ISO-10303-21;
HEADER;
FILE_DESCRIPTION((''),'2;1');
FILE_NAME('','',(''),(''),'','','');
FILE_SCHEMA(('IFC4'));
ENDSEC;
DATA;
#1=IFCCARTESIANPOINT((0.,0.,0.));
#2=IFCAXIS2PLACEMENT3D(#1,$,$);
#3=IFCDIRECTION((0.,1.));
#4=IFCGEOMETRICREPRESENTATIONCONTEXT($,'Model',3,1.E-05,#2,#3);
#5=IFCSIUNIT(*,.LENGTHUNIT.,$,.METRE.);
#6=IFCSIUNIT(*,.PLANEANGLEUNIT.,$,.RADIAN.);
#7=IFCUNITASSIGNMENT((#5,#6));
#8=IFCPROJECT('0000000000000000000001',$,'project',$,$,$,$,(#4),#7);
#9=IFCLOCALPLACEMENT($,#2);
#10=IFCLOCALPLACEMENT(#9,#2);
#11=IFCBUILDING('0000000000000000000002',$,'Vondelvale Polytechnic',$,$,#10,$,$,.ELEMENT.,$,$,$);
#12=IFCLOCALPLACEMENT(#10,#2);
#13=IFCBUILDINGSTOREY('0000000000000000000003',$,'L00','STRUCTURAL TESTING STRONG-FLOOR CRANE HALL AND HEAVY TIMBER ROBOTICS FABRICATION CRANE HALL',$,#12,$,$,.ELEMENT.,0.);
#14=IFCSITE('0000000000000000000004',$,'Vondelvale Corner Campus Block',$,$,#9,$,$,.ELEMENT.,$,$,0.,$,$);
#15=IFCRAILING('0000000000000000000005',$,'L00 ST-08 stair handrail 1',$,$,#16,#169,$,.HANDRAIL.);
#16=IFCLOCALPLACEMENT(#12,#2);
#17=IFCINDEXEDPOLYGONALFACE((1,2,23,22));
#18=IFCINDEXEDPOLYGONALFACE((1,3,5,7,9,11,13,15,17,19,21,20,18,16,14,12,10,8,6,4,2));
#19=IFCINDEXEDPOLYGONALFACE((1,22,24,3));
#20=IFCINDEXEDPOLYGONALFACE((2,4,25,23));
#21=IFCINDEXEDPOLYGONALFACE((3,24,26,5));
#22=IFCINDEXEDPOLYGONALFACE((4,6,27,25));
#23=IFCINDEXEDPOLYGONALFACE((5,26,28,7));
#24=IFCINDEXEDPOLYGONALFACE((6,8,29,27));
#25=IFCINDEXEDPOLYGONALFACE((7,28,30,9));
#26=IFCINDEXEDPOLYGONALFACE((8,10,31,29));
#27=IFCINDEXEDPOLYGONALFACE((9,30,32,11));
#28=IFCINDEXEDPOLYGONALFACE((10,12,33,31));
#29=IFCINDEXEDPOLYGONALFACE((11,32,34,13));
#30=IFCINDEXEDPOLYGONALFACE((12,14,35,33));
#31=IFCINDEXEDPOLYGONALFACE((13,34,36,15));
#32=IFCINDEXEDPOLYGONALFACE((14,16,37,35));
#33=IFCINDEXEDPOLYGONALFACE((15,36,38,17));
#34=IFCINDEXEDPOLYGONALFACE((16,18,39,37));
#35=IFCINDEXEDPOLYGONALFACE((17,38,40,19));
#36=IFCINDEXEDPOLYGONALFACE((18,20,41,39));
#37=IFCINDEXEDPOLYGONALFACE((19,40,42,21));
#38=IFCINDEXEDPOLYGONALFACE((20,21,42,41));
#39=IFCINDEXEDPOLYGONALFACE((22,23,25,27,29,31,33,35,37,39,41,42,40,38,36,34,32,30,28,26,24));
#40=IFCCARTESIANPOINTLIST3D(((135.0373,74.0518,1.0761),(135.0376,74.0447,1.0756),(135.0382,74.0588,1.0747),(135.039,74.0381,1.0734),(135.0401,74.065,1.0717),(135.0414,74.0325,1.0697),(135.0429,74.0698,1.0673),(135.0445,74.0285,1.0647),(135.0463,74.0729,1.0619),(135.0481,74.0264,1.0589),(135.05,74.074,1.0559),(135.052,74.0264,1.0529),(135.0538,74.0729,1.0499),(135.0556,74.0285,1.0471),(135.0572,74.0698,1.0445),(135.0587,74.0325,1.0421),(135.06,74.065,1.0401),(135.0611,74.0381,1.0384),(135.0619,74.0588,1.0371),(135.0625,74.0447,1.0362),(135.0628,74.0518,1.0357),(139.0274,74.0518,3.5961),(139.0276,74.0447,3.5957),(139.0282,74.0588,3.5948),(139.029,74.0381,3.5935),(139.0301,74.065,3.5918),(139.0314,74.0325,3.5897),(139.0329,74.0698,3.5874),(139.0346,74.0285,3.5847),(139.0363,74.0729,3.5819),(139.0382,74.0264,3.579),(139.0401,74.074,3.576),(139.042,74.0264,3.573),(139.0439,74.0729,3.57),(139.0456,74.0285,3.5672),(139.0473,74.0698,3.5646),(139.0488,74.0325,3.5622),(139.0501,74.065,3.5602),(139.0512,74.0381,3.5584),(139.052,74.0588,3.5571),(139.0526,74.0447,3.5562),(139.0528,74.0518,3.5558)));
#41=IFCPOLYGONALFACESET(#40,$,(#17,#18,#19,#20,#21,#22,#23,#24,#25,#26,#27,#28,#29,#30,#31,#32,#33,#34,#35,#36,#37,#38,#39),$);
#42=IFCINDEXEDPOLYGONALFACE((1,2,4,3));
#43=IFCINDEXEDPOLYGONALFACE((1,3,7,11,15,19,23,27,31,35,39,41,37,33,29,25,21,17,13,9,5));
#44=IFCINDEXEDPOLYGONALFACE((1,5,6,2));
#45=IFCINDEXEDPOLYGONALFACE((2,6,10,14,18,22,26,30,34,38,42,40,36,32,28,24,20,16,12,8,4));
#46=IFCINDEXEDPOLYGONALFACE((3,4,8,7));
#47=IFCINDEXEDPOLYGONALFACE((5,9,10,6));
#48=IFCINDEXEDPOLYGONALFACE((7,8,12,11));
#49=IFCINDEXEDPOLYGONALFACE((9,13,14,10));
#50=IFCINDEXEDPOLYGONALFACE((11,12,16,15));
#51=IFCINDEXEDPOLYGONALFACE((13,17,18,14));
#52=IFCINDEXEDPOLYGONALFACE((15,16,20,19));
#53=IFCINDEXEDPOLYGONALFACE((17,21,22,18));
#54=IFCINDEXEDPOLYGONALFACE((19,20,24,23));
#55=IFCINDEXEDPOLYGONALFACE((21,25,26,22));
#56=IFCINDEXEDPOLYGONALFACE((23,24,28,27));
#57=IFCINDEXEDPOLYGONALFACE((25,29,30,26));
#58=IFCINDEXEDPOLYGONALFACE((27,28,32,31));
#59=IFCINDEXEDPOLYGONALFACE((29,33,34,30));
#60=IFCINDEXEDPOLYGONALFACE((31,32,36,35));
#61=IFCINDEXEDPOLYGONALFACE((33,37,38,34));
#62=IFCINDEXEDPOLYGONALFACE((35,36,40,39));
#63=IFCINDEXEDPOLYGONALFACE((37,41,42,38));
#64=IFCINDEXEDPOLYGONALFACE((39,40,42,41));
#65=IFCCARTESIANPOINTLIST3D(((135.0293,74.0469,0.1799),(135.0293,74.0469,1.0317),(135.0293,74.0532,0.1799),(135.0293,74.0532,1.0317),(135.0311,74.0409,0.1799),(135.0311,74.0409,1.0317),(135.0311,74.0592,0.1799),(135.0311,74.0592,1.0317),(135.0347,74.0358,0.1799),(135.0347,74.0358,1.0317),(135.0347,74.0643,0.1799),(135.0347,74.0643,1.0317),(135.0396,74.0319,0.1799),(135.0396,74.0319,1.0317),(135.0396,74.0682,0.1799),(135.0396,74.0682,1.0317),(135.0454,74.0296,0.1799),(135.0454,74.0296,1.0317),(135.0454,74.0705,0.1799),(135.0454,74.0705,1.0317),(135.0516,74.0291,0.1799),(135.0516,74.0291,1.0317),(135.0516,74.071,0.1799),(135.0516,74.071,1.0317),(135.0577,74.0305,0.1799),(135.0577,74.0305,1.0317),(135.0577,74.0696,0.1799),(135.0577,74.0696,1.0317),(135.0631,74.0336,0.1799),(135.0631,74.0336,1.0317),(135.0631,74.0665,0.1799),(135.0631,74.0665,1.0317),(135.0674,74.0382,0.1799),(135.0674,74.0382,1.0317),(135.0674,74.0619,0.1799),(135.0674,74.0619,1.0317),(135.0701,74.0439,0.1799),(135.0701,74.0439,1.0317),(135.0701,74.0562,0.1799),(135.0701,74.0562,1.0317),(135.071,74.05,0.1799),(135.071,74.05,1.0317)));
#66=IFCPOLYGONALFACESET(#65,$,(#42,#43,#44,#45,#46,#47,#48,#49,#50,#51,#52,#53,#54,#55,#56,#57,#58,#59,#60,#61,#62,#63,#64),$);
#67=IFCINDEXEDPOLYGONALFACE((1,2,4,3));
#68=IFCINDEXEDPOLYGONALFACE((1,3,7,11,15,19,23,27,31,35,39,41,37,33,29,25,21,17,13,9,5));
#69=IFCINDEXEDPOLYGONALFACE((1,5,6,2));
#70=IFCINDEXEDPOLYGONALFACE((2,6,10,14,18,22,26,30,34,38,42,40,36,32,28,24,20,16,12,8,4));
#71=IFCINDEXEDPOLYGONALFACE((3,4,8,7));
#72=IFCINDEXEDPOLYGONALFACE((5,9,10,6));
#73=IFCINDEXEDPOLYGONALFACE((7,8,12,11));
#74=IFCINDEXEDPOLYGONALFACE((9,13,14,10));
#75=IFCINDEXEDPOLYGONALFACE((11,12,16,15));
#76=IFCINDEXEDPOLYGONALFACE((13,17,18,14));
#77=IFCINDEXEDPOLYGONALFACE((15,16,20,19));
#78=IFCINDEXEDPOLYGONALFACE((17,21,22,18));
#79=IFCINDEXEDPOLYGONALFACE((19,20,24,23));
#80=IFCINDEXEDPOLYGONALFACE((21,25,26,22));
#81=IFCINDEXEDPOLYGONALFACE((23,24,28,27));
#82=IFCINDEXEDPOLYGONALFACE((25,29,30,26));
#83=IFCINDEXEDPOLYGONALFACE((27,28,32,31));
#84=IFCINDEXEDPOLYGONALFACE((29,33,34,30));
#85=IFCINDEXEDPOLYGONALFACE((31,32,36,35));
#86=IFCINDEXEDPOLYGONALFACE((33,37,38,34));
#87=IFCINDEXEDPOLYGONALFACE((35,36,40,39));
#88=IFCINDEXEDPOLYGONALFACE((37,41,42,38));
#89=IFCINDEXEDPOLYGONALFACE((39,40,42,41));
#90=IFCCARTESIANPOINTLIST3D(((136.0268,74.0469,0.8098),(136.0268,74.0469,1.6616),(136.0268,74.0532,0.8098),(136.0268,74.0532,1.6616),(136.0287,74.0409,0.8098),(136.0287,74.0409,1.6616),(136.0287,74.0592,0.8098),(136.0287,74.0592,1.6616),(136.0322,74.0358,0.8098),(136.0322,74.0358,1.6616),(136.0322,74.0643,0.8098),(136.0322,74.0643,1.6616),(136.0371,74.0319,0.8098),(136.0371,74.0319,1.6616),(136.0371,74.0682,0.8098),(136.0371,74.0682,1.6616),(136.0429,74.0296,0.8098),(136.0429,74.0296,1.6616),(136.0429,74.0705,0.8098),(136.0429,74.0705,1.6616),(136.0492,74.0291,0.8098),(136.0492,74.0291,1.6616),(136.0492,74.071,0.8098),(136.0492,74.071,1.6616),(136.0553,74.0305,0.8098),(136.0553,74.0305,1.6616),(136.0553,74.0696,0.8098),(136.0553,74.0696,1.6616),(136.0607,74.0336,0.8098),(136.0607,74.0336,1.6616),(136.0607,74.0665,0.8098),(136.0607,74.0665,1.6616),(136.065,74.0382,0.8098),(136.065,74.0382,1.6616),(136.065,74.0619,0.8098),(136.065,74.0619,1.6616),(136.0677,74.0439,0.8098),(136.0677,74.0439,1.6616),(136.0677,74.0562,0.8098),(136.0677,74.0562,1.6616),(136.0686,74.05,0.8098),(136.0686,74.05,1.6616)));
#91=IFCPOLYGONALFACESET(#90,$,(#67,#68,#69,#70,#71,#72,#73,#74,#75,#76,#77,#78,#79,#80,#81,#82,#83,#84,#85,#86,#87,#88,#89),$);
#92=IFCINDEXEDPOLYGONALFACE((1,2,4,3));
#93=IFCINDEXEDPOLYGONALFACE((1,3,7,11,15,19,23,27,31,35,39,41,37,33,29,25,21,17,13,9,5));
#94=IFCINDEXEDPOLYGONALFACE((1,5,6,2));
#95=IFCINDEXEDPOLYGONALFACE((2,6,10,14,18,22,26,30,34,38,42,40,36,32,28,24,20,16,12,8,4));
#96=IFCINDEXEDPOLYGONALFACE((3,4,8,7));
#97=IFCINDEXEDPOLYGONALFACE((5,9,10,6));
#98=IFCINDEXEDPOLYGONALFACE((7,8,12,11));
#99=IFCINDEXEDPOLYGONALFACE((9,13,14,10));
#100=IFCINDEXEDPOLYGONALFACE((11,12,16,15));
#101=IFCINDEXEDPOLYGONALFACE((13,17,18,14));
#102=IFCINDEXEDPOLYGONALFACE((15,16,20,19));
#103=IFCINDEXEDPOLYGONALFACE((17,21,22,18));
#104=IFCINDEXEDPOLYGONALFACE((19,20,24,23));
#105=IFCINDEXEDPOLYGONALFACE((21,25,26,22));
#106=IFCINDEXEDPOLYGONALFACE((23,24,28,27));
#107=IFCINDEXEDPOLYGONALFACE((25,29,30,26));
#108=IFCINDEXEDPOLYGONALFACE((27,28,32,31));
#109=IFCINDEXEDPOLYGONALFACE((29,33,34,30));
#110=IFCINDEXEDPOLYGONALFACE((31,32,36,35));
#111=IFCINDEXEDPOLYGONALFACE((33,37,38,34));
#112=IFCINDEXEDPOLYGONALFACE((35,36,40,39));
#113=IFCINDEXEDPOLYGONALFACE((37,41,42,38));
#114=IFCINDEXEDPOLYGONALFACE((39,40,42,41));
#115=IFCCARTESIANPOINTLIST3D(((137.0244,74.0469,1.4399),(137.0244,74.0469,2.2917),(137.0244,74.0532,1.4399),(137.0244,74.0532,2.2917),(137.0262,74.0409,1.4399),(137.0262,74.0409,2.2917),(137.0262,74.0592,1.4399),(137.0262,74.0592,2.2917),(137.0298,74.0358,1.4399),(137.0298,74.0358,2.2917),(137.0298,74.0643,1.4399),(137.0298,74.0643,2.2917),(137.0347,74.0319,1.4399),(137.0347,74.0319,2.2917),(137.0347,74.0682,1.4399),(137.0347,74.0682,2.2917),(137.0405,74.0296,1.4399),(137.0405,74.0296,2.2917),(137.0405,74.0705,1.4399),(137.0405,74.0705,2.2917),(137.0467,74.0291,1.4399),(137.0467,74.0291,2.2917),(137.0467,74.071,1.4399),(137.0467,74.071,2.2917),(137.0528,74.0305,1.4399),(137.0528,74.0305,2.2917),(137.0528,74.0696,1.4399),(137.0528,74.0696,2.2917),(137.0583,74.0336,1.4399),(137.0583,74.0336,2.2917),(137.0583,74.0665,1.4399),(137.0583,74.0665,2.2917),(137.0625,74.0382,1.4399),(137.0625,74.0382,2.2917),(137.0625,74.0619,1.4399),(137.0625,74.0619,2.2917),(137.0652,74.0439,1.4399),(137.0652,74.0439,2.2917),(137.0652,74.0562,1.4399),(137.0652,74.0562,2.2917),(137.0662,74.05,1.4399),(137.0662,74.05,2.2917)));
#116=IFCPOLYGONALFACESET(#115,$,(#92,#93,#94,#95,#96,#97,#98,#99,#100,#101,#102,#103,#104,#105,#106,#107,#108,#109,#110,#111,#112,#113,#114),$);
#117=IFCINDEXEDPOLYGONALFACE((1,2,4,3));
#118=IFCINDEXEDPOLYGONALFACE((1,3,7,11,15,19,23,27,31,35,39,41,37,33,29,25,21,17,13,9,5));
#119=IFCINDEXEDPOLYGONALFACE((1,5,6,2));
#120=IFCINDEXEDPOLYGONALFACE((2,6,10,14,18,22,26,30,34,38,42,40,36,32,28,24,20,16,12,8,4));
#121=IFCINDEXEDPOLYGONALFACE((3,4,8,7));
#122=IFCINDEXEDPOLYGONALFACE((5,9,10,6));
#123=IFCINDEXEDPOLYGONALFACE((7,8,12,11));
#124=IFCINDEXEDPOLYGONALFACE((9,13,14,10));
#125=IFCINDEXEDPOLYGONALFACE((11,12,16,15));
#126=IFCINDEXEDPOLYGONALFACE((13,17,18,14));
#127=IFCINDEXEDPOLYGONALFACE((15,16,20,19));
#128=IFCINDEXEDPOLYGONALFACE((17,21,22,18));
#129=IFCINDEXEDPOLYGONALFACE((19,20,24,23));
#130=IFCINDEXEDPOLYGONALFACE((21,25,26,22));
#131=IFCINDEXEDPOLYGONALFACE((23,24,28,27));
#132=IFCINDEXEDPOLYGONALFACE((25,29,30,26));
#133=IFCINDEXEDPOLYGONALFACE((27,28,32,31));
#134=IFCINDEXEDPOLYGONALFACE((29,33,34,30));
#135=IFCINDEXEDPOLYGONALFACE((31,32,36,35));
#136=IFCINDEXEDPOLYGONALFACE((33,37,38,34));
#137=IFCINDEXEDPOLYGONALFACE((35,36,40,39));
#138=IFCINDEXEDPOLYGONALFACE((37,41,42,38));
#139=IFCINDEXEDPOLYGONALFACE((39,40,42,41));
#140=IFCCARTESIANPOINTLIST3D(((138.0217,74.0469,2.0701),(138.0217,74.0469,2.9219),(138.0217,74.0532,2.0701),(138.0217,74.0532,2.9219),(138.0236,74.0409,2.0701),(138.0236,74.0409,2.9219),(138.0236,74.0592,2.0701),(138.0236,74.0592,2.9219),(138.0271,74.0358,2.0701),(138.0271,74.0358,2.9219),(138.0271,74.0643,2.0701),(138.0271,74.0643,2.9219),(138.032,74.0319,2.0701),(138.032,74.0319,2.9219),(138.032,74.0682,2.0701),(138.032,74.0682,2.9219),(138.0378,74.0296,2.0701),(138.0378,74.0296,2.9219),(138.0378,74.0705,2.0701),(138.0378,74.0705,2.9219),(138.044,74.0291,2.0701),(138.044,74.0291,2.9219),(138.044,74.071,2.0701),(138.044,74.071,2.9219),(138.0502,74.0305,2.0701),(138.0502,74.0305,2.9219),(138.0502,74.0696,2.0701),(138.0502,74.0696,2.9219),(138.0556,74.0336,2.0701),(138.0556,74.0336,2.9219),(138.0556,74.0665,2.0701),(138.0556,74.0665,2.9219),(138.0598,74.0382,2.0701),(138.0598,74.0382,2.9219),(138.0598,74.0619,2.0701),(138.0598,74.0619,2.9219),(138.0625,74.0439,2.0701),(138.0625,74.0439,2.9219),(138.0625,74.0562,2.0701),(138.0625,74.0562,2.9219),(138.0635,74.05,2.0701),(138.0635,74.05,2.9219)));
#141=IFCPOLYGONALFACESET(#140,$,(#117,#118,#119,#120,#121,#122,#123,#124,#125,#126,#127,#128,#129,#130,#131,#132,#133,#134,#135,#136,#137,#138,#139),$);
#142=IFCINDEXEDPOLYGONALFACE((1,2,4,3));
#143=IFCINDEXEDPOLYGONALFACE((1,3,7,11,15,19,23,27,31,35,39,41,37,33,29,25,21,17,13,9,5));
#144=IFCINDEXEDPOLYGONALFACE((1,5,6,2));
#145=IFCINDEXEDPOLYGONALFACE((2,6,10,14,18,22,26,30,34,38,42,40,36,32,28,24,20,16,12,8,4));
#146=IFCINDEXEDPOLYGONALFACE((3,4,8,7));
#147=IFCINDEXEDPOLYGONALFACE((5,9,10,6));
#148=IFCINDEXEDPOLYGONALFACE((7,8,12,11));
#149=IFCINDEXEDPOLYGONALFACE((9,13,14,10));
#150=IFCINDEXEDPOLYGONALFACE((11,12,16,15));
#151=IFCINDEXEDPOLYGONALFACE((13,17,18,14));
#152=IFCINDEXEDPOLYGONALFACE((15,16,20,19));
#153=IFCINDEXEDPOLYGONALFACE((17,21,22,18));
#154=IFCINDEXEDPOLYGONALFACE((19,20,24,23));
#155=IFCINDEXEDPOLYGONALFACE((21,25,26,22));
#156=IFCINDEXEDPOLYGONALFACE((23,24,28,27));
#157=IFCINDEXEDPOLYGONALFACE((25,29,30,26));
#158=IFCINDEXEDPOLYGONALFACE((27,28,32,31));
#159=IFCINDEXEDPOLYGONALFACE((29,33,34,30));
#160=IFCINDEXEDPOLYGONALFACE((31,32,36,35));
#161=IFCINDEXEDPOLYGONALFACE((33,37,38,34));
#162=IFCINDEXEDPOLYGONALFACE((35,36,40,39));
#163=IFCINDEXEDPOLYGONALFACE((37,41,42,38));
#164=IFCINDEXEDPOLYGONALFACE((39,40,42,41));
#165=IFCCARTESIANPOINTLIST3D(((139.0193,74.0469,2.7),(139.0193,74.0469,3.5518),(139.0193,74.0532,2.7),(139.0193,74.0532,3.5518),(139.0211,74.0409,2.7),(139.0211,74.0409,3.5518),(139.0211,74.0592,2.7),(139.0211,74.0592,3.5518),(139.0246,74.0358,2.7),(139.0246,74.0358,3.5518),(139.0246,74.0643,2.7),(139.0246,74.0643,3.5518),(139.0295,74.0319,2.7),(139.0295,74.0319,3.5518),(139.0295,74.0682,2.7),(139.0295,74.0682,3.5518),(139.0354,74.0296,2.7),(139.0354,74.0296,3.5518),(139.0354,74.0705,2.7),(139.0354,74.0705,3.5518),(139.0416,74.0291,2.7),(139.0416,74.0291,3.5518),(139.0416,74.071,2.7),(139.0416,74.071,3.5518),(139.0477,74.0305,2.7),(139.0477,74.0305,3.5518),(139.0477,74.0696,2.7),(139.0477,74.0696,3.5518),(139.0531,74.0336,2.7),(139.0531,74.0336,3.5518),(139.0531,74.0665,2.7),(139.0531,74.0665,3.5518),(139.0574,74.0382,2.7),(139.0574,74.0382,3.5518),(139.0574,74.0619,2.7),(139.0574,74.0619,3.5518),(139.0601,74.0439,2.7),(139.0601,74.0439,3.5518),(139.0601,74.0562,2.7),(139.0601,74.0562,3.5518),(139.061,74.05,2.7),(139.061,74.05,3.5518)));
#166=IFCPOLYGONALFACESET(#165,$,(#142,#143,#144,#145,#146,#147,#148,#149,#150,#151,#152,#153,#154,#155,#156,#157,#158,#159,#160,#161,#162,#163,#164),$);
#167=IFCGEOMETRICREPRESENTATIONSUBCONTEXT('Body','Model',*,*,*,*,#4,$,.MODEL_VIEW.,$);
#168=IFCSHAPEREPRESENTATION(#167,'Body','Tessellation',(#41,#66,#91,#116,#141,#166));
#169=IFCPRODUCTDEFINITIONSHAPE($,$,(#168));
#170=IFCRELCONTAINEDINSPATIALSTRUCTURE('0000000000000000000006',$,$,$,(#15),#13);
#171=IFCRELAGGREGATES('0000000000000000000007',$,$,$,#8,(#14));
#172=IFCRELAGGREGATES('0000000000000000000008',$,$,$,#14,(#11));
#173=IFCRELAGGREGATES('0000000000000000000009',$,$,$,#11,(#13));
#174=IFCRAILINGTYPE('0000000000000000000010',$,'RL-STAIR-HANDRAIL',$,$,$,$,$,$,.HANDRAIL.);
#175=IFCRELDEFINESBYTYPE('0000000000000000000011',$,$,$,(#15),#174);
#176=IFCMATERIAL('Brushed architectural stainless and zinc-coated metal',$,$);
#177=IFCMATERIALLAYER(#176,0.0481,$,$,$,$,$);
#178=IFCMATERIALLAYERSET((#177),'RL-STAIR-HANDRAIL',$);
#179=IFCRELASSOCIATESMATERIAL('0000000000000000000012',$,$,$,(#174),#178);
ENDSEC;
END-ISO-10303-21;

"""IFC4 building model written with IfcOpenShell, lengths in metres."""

from ifc_helpers import new_model, si_unit, direction, frame, origin, origin_2d, place, context, subcontext, project, spatial, circle, extrude, material, layer, layer_set, type_object, element, save


model = new_model("IFC4")

# Units and contexts
model_context = context("Model", 3, precision=1e-05, world=origin(), true_north=direction((0.0, 1.0)))
body_context = subcontext(model_context, "Body", "Model", "MODEL_VIEW")
ifc_project = project(units=[si_unit("LENGTHUNIT", "METRE"), si_unit("PLANEANGLEUNIT", "RADIAN")], contexts=[model_context])

# Site, building, storey
site_placement = place(None, origin())
site = spatial("IfcSite", under=ifc_project, at=site_placement, Name="Vondelvale Corner Campus Block", CompositionType="ELEMENT", RefElevation=0.0)
building_placement = place(site_placement, origin())
building = spatial("IfcBuilding", under=site, at=building_placement, Name="Vondelvale Polytechnic", CompositionType="ELEMENT")
storey_placement = place(building_placement, origin())
storey = spatial("IfcBuildingStorey", under=building, at=storey_placement, Name="L00", Description="STRUCTURAL TESTING STRONG-FLOOR CRANE HALL AND HEAVY TIMBER ROBOTICS FABRICATION CRANE HALL", CompositionType="ELEMENT", Elevation=0.0)

# Railing
ifc_material_1 = material(Name="Brushed architectural stainless and zinc-coated metal")
ifc_layer_1 = layer(ifc_material_1, 0.0481)
ifc_layer_set_1 = layer_set([ifc_layer_1], Name="RL-STAIR-HANDRAIL")
railing_type_1 = type_object("IfcRailingType", Name="RL-STAIR-HANDRAIL", PredefinedType="HANDRAIL", material=ifc_layer_set_1)
railing_1_placement = place(storey_placement, frame((135.05, 74.05, 0.1799)))
element("IfcRailing", 1, at=railing_1_placement, inside=storey, type_object=railing_type_1, Name="L00 ST-08 stair handrail 1", PredefinedType="HANDRAIL", context=body_context, shape_type="SweptSolid", body=[
    extrude(circle(Radius=0.0239, at=origin_2d()), frame((0.0, 0.0, 0.876), z_axis=(0.845486, 0.0, 0.533997), x_axis=(0.0, 1.0, 0.0)), (0.0, 0.0, 1.0), 4.7192),
    extrude(circle(Radius=0.021, at=origin_2d()), origin(), (0.0, 0.0, 1.0), 0.8518),
    extrude(circle(Radius=0.021, at=origin_2d()), frame((0.9976, 0.0, 0.6299)), (0.0, 0.0, 1.0), 0.8518),
    extrude(circle(Radius=0.021, at=origin_2d()), frame((1.9951, 0.0, 1.26)), (0.0, 0.0, 1.0), 0.8518),
    extrude(circle(Radius=0.021, at=origin_2d()), frame((2.9924, 0.0, 1.8901)), (0.0, 0.0, 1.0), 0.8518),
    extrude(circle(Radius=0.021, at=origin_2d()), frame((3.99, 0.0, 2.52)), (0.0, 0.0, 1.0), 0.8518),
])

save(model, "model.ifc")
